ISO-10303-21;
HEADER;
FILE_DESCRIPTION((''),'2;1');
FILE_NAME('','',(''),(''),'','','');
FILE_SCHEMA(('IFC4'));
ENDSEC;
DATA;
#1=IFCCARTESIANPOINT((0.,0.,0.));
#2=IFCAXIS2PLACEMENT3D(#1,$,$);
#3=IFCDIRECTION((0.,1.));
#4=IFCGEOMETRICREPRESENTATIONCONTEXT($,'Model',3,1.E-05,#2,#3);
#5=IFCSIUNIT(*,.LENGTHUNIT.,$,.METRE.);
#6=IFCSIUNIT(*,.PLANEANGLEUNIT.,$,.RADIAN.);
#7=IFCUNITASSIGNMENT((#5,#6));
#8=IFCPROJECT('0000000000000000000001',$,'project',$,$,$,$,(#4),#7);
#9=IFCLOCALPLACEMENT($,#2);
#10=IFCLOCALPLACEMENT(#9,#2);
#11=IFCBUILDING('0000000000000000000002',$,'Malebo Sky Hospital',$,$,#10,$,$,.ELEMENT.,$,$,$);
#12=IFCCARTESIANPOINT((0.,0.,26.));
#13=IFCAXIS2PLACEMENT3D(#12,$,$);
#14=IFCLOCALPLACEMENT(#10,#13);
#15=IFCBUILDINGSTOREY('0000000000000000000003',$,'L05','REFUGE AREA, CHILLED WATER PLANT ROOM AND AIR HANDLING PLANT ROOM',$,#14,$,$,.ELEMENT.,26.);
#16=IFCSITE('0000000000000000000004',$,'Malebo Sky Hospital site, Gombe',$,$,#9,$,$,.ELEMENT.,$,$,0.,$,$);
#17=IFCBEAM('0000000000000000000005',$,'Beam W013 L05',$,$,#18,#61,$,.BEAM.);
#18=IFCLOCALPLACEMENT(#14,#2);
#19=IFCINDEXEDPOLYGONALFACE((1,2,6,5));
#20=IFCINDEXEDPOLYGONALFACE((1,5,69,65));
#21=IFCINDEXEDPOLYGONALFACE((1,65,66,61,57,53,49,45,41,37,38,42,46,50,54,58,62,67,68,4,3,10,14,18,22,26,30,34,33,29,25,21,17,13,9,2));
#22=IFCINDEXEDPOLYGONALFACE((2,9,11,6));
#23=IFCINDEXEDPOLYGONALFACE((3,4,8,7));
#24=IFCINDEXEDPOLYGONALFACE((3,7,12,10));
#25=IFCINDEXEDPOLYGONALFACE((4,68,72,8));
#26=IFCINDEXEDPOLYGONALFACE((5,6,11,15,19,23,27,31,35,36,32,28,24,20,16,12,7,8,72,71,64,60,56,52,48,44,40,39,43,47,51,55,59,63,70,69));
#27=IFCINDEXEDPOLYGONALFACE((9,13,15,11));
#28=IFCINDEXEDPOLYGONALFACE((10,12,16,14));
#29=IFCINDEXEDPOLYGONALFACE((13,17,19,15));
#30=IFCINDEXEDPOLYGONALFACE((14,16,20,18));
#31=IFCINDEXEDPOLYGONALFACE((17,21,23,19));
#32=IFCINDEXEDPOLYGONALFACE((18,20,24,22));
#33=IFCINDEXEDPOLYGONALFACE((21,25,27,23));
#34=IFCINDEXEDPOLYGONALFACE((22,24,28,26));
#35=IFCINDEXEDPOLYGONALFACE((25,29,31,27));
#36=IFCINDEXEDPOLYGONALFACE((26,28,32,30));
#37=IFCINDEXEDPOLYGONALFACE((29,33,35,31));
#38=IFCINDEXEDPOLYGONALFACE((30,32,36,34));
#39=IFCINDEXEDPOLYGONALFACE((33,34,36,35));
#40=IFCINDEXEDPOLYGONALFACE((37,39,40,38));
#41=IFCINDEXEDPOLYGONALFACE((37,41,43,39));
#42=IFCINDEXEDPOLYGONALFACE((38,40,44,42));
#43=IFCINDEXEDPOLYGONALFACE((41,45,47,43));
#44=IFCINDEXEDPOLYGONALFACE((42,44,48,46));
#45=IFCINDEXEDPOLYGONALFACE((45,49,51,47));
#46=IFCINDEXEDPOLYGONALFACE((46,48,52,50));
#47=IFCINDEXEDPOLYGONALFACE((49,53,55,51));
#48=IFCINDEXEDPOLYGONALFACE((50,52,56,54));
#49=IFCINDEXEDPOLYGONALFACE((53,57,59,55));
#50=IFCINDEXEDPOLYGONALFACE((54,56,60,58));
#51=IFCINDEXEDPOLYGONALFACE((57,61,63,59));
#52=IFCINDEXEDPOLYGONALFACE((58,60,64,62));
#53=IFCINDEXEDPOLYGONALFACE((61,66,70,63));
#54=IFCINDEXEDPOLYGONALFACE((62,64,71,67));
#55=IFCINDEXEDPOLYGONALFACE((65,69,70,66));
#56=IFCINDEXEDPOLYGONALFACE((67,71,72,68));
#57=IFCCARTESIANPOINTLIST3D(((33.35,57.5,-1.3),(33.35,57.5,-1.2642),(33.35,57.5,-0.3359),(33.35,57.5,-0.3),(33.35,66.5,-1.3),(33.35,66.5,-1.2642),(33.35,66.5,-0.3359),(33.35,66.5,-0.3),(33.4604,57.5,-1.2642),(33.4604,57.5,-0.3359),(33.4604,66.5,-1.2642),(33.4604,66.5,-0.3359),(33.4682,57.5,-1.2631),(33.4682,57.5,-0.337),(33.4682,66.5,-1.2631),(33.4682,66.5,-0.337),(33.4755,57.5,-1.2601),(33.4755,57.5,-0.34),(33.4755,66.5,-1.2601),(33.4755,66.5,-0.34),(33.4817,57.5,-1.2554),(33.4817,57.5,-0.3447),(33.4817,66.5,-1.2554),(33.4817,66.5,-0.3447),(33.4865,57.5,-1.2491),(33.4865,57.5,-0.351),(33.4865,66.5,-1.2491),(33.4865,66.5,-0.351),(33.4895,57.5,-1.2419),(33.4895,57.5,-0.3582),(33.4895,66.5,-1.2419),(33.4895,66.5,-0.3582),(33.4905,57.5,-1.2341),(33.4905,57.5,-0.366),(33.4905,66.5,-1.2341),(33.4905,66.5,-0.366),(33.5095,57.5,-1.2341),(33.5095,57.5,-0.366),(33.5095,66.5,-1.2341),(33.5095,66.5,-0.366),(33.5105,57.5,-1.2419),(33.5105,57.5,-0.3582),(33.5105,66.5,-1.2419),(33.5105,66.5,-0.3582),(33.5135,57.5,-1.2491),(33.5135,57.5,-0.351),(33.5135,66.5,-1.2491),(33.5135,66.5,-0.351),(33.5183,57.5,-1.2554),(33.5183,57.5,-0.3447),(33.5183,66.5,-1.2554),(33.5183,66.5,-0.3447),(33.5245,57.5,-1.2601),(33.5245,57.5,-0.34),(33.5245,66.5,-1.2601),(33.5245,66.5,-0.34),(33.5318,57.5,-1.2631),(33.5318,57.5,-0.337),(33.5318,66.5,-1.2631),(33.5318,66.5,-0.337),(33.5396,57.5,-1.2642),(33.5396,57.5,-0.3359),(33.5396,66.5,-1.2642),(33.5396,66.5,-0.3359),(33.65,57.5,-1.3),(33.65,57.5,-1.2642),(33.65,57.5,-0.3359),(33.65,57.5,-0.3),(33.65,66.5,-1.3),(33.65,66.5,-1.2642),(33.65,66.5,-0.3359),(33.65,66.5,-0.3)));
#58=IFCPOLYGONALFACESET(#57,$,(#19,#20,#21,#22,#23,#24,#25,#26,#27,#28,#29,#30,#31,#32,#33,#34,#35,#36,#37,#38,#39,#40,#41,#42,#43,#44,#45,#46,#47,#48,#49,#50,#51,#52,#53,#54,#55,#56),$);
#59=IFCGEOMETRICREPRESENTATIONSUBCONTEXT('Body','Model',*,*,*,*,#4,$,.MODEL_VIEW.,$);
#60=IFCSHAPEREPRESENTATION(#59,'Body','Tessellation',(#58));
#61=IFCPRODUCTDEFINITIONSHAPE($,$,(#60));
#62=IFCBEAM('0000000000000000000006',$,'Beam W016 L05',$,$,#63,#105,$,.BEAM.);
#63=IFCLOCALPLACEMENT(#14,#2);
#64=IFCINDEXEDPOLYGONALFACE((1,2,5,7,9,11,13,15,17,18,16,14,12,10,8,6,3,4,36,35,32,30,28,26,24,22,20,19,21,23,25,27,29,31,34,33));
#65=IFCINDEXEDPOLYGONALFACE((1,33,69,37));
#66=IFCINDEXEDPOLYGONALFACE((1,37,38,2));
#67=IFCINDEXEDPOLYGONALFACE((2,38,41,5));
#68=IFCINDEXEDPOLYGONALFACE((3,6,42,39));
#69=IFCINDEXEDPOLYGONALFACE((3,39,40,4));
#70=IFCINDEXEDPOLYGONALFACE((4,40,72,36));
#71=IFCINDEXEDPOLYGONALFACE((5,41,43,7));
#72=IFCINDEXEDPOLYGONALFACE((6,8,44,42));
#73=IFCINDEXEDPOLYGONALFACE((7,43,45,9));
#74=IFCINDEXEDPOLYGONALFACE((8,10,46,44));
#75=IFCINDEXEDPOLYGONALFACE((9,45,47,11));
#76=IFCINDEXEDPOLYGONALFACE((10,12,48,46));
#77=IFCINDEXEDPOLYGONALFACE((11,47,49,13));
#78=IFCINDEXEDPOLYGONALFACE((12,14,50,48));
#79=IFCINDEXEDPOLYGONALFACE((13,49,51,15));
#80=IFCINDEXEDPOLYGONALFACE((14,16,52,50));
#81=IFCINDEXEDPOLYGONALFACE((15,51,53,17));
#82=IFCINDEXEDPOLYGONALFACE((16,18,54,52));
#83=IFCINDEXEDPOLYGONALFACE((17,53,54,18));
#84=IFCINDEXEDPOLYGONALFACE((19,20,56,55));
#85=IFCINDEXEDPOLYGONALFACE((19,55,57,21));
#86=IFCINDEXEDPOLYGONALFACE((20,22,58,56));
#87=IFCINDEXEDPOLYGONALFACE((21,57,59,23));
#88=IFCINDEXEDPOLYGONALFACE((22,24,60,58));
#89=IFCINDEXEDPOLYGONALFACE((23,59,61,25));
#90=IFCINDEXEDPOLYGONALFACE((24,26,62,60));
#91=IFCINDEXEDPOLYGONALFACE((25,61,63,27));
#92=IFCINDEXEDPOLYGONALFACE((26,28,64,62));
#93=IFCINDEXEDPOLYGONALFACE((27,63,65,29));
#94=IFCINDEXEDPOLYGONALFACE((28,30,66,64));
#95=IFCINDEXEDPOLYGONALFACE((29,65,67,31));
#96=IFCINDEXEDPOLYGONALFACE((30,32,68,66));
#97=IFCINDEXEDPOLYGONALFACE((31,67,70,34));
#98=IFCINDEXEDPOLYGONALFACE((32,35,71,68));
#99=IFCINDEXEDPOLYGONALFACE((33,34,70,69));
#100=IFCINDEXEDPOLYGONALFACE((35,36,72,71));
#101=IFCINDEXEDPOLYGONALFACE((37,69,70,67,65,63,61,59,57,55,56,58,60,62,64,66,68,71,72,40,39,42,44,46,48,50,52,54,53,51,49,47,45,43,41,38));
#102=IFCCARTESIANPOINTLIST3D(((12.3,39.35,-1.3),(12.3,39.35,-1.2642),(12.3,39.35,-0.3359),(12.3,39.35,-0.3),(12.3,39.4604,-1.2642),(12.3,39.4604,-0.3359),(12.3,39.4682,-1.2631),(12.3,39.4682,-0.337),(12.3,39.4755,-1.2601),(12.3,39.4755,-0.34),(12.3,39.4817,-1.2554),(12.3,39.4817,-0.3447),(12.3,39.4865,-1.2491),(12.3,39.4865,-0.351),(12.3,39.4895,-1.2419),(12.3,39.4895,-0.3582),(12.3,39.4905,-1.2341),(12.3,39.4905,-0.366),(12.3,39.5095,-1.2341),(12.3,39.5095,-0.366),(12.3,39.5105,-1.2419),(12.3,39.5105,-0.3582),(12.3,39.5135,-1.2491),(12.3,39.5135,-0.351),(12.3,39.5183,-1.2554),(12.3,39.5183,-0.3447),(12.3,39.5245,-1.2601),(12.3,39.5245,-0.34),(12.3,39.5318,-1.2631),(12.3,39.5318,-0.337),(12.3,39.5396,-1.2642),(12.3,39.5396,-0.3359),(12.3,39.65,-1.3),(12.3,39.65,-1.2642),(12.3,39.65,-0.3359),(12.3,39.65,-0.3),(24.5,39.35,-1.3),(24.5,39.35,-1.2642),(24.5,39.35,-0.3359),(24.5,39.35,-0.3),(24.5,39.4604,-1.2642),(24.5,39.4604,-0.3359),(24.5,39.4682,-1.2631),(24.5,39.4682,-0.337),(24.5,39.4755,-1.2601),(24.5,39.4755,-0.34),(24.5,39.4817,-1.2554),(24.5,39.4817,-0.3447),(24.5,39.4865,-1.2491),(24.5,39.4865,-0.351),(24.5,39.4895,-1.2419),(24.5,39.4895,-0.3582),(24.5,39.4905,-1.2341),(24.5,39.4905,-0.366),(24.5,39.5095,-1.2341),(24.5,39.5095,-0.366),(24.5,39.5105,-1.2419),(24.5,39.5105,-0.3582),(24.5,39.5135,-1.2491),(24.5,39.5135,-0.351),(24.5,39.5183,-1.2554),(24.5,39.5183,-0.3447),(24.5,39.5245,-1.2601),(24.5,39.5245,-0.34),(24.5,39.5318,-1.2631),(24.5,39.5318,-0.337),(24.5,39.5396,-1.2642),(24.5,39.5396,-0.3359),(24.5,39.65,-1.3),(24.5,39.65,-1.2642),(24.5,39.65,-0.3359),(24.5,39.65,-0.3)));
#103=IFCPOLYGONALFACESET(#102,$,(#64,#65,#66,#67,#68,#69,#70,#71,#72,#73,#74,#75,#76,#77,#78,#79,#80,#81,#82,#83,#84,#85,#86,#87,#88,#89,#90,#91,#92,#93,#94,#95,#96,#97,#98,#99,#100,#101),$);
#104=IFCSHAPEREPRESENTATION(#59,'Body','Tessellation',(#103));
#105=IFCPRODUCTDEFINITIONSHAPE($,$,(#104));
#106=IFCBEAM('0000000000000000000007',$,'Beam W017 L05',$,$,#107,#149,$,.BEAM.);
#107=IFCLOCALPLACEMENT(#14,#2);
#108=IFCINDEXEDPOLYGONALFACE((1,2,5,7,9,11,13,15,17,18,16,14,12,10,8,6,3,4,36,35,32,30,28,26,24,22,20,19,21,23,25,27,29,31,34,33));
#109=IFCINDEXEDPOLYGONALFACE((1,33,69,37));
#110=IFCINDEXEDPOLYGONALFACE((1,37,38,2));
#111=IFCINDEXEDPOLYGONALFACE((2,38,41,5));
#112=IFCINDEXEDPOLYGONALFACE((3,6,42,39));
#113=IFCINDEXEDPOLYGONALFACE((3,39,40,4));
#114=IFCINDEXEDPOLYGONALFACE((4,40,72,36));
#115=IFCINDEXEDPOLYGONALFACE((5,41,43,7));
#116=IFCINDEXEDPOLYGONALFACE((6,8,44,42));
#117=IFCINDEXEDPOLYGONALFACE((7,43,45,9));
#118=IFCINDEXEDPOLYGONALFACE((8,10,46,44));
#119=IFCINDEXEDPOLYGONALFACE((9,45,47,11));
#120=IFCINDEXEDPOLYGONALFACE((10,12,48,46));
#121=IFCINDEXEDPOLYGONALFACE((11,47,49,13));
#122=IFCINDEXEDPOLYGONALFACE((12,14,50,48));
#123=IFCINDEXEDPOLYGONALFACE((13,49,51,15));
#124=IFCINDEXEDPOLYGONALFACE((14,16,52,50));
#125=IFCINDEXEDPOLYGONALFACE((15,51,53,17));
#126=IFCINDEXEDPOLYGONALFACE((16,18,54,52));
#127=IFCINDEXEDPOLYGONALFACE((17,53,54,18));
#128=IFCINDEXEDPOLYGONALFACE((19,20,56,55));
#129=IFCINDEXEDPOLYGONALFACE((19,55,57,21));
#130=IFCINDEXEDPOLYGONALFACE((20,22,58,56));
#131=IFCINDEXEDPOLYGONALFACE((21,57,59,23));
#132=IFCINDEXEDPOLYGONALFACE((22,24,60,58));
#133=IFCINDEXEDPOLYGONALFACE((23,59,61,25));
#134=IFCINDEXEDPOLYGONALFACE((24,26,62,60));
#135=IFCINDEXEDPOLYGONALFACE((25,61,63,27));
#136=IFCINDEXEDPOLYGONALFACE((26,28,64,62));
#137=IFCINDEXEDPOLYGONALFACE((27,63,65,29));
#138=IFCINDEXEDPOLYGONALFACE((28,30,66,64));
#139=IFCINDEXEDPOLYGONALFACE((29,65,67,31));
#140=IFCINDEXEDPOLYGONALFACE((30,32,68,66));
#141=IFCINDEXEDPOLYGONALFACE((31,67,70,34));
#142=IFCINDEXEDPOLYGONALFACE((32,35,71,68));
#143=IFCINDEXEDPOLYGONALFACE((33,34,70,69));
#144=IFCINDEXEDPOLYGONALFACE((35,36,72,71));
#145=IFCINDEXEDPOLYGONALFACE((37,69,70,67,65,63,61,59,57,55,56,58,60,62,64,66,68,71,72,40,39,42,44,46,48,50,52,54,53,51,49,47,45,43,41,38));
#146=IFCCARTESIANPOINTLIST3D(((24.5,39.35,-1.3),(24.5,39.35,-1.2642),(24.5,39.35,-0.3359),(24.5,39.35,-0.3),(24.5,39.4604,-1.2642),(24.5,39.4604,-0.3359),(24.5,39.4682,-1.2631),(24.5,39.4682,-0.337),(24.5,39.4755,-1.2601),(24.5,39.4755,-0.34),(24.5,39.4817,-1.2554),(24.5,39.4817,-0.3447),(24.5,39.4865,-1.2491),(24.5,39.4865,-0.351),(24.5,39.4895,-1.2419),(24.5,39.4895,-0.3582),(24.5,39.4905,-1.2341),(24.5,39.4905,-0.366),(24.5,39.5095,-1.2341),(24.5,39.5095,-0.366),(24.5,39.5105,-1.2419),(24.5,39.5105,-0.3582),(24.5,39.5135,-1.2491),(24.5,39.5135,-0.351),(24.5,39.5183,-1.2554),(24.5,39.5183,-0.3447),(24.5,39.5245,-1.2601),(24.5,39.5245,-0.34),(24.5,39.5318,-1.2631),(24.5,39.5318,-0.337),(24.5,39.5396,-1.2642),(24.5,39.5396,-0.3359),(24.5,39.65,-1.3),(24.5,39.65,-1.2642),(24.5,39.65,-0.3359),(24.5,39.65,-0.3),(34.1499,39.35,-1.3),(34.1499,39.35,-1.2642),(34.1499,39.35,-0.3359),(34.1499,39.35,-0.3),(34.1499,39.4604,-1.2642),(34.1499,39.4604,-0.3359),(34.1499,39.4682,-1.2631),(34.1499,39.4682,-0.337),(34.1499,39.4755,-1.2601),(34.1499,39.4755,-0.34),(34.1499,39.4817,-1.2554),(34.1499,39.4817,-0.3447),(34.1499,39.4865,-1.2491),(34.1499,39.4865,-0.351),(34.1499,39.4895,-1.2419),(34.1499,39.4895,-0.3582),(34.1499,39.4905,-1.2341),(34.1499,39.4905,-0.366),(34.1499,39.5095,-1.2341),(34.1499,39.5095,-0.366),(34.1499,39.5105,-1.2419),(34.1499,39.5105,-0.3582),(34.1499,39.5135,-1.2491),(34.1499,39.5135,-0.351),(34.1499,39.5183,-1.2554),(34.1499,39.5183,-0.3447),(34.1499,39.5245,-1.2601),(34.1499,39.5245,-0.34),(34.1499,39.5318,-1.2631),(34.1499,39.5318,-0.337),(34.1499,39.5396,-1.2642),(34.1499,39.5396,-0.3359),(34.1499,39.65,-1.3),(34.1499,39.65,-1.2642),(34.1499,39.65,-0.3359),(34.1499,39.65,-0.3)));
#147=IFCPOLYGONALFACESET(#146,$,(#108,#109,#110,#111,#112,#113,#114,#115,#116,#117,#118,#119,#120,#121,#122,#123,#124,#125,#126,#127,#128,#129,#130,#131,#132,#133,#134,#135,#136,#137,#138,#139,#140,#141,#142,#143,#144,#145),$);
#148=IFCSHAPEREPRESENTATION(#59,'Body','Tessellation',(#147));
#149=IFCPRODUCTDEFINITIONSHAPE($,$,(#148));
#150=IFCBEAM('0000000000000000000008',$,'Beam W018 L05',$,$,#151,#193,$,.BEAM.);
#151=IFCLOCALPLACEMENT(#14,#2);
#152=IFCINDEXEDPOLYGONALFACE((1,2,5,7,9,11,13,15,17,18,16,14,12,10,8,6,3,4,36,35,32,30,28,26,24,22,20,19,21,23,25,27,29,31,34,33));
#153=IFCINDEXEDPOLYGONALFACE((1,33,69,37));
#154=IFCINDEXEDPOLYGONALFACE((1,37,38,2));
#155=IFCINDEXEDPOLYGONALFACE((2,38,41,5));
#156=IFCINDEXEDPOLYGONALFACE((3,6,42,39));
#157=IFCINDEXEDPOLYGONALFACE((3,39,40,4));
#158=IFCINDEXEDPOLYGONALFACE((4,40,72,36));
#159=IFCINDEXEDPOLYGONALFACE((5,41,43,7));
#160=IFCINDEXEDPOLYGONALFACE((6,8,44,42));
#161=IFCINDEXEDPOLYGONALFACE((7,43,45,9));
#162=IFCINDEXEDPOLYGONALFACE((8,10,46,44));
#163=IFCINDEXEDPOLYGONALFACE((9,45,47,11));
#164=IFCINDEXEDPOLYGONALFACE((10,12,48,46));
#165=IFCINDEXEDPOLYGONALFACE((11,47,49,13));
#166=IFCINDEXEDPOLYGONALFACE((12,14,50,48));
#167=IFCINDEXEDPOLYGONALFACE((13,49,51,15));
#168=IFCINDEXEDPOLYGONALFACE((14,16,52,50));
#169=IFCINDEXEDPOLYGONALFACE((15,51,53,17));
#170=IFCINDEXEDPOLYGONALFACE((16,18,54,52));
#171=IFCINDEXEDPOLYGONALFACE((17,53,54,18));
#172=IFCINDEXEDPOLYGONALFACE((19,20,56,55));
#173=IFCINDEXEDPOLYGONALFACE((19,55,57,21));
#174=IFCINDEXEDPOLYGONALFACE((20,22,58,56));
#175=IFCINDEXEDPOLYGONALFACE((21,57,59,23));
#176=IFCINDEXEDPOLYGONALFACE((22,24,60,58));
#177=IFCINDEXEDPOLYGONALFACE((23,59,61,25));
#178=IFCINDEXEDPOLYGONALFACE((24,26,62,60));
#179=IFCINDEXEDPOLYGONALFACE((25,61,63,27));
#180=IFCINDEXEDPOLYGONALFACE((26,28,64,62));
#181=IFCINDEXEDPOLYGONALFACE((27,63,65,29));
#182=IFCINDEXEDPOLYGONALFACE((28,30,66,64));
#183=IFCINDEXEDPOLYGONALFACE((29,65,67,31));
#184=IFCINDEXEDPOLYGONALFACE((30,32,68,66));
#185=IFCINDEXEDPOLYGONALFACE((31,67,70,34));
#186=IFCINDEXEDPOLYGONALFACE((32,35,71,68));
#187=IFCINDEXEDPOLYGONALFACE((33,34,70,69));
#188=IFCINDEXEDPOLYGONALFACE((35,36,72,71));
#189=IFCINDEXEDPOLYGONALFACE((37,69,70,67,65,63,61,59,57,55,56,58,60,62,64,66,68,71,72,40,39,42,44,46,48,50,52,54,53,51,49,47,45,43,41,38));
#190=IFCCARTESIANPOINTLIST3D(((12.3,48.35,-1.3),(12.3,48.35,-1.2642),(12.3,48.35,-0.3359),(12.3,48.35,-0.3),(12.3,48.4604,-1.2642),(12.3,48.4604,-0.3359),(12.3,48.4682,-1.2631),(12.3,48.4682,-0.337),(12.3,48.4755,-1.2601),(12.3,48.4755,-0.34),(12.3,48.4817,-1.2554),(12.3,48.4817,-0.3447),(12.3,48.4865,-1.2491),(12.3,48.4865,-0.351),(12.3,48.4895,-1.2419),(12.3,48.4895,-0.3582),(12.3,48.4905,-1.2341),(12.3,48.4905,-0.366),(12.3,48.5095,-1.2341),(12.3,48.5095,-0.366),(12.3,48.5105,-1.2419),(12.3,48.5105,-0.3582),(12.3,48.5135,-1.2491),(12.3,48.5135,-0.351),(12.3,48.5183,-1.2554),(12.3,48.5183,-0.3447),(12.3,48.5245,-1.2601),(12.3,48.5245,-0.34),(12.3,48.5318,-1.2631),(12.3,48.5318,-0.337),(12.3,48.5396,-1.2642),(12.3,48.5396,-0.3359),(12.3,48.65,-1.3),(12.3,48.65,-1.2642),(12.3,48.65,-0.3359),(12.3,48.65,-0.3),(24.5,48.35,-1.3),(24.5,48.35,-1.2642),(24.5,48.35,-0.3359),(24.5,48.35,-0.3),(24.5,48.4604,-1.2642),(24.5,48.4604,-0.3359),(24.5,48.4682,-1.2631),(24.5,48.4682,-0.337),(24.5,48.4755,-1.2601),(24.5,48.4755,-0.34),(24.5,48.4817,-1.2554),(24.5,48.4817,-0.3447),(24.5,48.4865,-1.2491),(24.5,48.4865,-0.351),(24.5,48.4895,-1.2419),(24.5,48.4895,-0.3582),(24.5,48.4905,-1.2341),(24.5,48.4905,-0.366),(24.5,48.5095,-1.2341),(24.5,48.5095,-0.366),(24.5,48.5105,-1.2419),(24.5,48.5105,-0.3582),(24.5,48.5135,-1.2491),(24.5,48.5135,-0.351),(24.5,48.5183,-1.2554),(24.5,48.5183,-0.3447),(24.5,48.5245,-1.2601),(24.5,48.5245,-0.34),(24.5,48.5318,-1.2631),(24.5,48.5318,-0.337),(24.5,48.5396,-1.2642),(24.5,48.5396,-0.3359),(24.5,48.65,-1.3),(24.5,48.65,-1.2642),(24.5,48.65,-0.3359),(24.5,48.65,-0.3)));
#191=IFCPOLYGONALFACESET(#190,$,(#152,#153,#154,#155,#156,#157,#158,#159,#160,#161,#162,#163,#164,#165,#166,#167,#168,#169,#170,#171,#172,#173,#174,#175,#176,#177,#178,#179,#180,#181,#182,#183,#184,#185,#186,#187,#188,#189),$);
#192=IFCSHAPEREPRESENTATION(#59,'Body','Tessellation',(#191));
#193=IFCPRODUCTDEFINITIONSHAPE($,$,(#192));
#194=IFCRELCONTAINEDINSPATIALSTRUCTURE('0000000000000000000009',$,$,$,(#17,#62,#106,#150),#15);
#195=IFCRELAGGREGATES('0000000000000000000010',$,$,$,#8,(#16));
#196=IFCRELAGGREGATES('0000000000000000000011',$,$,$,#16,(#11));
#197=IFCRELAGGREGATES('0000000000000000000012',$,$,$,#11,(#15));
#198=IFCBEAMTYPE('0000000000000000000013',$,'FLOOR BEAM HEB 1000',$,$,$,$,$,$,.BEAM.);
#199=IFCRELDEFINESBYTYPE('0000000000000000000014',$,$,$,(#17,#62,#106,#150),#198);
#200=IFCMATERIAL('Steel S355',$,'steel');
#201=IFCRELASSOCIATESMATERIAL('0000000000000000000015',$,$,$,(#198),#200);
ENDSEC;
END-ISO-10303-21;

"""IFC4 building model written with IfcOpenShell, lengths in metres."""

from ifc_helpers import new_model, si_unit, direction, frame, origin, origin_2d, place, context, subcontext, project, spatial, i_section, extrude, material, material_profile, profile_set, type_object, element, save


model = new_model("IFC4")

# Units and contexts
model_context = context("Model", 3, precision=1e-05, world=origin(), true_north=direction((0.0, 1.0)))
body_context = subcontext(model_context, "Body", "Model", "MODEL_VIEW")
ifc_project = project(units=[si_unit("LENGTHUNIT", "METRE"), si_unit("PLANEANGLEUNIT", "RADIAN")], contexts=[model_context])

# Site, building, storey
site_placement = place(None, origin())
site = spatial("IfcSite", under=ifc_project, at=site_placement, Name="Malebo Sky Hospital site, Gombe", CompositionType="ELEMENT", RefElevation=0.0)
building_placement = place(site_placement, origin())
building = spatial("IfcBuilding", under=site, at=building_placement, Name="Malebo Sky Hospital", CompositionType="ELEMENT")
storey_placement = place(building_placement, frame((0.0, 0.0, 26.0)))
storey = spatial("IfcBuildingStorey", under=building, at=storey_placement, Name="L05", Description="REFUGE AREA, CHILLED WATER PLANT ROOM AND AIR HANDLING PLANT ROOM", CompositionType="ELEMENT", Elevation=26.0)

# Beams
ifc_material_1 = material(Name="Steel S355", Category="steel")
ifc_material_profile_1 = material_profile(ifc_material_1, i_section(OverallWidth=0.3, OverallDepth=1.0, WebThickness=0.019, FlangeThickness=0.0359, FilletRadius=0.03, at=origin_2d()), Name="HEB 1000")
ifc_profile_set_1 = profile_set([ifc_material_profile_1], Name="Steel S355")
beam_type = type_object("IfcBeamType", Name="FLOOR BEAM HEB 1000", PredefinedType="BEAM", material=ifc_profile_set_1)
for number, where, z_axis, x_axis, name in (
    (1, (33.5, 57.5, -0.8), (0.0, 1.0, 0.0), (-1.0, 0.0, 0.0), "Beam W013 L05"),
):
    element("IfcBeam", number, at=place(storey_placement, frame(where, z_axis=z_axis, x_axis=x_axis)), inside=storey, type_object=beam_type, Name=name, PredefinedType="BEAM", context=body_context, shape_type="SweptSolid", body=[
        extrude(i_section(OverallWidth=0.3, OverallDepth=1.0, WebThickness=0.019, FlangeThickness=0.0359, FilletRadius=0.03, at=origin_2d()), origin(), (0.0, 0.0, 1.0), 9.0),
    ])
beam_1_placement = place(storey_placement, frame((12.3, 39.5, -0.8), z_axis=(1.0, 0.0, 0.0), x_axis=(0.0, 1.0, 0.0)))
element("IfcBeam", 2, at=beam_1_placement, inside=storey, type_object=beam_type, Name="Beam W016 L05", PredefinedType="BEAM", context=body_context, shape_type="SweptSolid", body=[
    extrude(i_section(OverallWidth=0.3, OverallDepth=1.0, WebThickness=0.019, FlangeThickness=0.0359, FilletRadius=0.03, at=origin_2d()), origin(), (0.0, 0.0, 1.0), 12.2),
])
beam_2_placement = place(storey_placement, frame((24.5, 39.5, -0.8), z_axis=(1.0, 0.0, 0.0), x_axis=(0.0, 1.0, 0.0)))
element("IfcBeam", 3, at=beam_2_placement, inside=storey, type_object=beam_type, Name="Beam W017 L05", PredefinedType="BEAM", context=body_context, shape_type="SweptSolid", body=[
    extrude(i_section(OverallWidth=0.3, OverallDepth=1.0, WebThickness=0.019, FlangeThickness=0.0359, FilletRadius=0.03, at=origin_2d()), origin(), (0.0, 0.0, 1.0), 9.6499),
])
beam_3_placement = place(storey_placement, frame((12.3, 48.5, -0.8), z_axis=(1.0, 0.0, 0.0), x_axis=(0.0, 1.0, 0.0)))
element("IfcBeam", 4, at=beam_3_placement, inside=storey, type_object=beam_type, Name="Beam W018 L05", PredefinedType="BEAM", context=body_context, shape_type="SweptSolid", body=[
    extrude(i_section(OverallWidth=0.3, OverallDepth=1.0, WebThickness=0.019, FlangeThickness=0.0359, FilletRadius=0.03, at=origin_2d()), origin(), (0.0, 0.0, 1.0), 12.2),
])

save(model, "model.ifc")
